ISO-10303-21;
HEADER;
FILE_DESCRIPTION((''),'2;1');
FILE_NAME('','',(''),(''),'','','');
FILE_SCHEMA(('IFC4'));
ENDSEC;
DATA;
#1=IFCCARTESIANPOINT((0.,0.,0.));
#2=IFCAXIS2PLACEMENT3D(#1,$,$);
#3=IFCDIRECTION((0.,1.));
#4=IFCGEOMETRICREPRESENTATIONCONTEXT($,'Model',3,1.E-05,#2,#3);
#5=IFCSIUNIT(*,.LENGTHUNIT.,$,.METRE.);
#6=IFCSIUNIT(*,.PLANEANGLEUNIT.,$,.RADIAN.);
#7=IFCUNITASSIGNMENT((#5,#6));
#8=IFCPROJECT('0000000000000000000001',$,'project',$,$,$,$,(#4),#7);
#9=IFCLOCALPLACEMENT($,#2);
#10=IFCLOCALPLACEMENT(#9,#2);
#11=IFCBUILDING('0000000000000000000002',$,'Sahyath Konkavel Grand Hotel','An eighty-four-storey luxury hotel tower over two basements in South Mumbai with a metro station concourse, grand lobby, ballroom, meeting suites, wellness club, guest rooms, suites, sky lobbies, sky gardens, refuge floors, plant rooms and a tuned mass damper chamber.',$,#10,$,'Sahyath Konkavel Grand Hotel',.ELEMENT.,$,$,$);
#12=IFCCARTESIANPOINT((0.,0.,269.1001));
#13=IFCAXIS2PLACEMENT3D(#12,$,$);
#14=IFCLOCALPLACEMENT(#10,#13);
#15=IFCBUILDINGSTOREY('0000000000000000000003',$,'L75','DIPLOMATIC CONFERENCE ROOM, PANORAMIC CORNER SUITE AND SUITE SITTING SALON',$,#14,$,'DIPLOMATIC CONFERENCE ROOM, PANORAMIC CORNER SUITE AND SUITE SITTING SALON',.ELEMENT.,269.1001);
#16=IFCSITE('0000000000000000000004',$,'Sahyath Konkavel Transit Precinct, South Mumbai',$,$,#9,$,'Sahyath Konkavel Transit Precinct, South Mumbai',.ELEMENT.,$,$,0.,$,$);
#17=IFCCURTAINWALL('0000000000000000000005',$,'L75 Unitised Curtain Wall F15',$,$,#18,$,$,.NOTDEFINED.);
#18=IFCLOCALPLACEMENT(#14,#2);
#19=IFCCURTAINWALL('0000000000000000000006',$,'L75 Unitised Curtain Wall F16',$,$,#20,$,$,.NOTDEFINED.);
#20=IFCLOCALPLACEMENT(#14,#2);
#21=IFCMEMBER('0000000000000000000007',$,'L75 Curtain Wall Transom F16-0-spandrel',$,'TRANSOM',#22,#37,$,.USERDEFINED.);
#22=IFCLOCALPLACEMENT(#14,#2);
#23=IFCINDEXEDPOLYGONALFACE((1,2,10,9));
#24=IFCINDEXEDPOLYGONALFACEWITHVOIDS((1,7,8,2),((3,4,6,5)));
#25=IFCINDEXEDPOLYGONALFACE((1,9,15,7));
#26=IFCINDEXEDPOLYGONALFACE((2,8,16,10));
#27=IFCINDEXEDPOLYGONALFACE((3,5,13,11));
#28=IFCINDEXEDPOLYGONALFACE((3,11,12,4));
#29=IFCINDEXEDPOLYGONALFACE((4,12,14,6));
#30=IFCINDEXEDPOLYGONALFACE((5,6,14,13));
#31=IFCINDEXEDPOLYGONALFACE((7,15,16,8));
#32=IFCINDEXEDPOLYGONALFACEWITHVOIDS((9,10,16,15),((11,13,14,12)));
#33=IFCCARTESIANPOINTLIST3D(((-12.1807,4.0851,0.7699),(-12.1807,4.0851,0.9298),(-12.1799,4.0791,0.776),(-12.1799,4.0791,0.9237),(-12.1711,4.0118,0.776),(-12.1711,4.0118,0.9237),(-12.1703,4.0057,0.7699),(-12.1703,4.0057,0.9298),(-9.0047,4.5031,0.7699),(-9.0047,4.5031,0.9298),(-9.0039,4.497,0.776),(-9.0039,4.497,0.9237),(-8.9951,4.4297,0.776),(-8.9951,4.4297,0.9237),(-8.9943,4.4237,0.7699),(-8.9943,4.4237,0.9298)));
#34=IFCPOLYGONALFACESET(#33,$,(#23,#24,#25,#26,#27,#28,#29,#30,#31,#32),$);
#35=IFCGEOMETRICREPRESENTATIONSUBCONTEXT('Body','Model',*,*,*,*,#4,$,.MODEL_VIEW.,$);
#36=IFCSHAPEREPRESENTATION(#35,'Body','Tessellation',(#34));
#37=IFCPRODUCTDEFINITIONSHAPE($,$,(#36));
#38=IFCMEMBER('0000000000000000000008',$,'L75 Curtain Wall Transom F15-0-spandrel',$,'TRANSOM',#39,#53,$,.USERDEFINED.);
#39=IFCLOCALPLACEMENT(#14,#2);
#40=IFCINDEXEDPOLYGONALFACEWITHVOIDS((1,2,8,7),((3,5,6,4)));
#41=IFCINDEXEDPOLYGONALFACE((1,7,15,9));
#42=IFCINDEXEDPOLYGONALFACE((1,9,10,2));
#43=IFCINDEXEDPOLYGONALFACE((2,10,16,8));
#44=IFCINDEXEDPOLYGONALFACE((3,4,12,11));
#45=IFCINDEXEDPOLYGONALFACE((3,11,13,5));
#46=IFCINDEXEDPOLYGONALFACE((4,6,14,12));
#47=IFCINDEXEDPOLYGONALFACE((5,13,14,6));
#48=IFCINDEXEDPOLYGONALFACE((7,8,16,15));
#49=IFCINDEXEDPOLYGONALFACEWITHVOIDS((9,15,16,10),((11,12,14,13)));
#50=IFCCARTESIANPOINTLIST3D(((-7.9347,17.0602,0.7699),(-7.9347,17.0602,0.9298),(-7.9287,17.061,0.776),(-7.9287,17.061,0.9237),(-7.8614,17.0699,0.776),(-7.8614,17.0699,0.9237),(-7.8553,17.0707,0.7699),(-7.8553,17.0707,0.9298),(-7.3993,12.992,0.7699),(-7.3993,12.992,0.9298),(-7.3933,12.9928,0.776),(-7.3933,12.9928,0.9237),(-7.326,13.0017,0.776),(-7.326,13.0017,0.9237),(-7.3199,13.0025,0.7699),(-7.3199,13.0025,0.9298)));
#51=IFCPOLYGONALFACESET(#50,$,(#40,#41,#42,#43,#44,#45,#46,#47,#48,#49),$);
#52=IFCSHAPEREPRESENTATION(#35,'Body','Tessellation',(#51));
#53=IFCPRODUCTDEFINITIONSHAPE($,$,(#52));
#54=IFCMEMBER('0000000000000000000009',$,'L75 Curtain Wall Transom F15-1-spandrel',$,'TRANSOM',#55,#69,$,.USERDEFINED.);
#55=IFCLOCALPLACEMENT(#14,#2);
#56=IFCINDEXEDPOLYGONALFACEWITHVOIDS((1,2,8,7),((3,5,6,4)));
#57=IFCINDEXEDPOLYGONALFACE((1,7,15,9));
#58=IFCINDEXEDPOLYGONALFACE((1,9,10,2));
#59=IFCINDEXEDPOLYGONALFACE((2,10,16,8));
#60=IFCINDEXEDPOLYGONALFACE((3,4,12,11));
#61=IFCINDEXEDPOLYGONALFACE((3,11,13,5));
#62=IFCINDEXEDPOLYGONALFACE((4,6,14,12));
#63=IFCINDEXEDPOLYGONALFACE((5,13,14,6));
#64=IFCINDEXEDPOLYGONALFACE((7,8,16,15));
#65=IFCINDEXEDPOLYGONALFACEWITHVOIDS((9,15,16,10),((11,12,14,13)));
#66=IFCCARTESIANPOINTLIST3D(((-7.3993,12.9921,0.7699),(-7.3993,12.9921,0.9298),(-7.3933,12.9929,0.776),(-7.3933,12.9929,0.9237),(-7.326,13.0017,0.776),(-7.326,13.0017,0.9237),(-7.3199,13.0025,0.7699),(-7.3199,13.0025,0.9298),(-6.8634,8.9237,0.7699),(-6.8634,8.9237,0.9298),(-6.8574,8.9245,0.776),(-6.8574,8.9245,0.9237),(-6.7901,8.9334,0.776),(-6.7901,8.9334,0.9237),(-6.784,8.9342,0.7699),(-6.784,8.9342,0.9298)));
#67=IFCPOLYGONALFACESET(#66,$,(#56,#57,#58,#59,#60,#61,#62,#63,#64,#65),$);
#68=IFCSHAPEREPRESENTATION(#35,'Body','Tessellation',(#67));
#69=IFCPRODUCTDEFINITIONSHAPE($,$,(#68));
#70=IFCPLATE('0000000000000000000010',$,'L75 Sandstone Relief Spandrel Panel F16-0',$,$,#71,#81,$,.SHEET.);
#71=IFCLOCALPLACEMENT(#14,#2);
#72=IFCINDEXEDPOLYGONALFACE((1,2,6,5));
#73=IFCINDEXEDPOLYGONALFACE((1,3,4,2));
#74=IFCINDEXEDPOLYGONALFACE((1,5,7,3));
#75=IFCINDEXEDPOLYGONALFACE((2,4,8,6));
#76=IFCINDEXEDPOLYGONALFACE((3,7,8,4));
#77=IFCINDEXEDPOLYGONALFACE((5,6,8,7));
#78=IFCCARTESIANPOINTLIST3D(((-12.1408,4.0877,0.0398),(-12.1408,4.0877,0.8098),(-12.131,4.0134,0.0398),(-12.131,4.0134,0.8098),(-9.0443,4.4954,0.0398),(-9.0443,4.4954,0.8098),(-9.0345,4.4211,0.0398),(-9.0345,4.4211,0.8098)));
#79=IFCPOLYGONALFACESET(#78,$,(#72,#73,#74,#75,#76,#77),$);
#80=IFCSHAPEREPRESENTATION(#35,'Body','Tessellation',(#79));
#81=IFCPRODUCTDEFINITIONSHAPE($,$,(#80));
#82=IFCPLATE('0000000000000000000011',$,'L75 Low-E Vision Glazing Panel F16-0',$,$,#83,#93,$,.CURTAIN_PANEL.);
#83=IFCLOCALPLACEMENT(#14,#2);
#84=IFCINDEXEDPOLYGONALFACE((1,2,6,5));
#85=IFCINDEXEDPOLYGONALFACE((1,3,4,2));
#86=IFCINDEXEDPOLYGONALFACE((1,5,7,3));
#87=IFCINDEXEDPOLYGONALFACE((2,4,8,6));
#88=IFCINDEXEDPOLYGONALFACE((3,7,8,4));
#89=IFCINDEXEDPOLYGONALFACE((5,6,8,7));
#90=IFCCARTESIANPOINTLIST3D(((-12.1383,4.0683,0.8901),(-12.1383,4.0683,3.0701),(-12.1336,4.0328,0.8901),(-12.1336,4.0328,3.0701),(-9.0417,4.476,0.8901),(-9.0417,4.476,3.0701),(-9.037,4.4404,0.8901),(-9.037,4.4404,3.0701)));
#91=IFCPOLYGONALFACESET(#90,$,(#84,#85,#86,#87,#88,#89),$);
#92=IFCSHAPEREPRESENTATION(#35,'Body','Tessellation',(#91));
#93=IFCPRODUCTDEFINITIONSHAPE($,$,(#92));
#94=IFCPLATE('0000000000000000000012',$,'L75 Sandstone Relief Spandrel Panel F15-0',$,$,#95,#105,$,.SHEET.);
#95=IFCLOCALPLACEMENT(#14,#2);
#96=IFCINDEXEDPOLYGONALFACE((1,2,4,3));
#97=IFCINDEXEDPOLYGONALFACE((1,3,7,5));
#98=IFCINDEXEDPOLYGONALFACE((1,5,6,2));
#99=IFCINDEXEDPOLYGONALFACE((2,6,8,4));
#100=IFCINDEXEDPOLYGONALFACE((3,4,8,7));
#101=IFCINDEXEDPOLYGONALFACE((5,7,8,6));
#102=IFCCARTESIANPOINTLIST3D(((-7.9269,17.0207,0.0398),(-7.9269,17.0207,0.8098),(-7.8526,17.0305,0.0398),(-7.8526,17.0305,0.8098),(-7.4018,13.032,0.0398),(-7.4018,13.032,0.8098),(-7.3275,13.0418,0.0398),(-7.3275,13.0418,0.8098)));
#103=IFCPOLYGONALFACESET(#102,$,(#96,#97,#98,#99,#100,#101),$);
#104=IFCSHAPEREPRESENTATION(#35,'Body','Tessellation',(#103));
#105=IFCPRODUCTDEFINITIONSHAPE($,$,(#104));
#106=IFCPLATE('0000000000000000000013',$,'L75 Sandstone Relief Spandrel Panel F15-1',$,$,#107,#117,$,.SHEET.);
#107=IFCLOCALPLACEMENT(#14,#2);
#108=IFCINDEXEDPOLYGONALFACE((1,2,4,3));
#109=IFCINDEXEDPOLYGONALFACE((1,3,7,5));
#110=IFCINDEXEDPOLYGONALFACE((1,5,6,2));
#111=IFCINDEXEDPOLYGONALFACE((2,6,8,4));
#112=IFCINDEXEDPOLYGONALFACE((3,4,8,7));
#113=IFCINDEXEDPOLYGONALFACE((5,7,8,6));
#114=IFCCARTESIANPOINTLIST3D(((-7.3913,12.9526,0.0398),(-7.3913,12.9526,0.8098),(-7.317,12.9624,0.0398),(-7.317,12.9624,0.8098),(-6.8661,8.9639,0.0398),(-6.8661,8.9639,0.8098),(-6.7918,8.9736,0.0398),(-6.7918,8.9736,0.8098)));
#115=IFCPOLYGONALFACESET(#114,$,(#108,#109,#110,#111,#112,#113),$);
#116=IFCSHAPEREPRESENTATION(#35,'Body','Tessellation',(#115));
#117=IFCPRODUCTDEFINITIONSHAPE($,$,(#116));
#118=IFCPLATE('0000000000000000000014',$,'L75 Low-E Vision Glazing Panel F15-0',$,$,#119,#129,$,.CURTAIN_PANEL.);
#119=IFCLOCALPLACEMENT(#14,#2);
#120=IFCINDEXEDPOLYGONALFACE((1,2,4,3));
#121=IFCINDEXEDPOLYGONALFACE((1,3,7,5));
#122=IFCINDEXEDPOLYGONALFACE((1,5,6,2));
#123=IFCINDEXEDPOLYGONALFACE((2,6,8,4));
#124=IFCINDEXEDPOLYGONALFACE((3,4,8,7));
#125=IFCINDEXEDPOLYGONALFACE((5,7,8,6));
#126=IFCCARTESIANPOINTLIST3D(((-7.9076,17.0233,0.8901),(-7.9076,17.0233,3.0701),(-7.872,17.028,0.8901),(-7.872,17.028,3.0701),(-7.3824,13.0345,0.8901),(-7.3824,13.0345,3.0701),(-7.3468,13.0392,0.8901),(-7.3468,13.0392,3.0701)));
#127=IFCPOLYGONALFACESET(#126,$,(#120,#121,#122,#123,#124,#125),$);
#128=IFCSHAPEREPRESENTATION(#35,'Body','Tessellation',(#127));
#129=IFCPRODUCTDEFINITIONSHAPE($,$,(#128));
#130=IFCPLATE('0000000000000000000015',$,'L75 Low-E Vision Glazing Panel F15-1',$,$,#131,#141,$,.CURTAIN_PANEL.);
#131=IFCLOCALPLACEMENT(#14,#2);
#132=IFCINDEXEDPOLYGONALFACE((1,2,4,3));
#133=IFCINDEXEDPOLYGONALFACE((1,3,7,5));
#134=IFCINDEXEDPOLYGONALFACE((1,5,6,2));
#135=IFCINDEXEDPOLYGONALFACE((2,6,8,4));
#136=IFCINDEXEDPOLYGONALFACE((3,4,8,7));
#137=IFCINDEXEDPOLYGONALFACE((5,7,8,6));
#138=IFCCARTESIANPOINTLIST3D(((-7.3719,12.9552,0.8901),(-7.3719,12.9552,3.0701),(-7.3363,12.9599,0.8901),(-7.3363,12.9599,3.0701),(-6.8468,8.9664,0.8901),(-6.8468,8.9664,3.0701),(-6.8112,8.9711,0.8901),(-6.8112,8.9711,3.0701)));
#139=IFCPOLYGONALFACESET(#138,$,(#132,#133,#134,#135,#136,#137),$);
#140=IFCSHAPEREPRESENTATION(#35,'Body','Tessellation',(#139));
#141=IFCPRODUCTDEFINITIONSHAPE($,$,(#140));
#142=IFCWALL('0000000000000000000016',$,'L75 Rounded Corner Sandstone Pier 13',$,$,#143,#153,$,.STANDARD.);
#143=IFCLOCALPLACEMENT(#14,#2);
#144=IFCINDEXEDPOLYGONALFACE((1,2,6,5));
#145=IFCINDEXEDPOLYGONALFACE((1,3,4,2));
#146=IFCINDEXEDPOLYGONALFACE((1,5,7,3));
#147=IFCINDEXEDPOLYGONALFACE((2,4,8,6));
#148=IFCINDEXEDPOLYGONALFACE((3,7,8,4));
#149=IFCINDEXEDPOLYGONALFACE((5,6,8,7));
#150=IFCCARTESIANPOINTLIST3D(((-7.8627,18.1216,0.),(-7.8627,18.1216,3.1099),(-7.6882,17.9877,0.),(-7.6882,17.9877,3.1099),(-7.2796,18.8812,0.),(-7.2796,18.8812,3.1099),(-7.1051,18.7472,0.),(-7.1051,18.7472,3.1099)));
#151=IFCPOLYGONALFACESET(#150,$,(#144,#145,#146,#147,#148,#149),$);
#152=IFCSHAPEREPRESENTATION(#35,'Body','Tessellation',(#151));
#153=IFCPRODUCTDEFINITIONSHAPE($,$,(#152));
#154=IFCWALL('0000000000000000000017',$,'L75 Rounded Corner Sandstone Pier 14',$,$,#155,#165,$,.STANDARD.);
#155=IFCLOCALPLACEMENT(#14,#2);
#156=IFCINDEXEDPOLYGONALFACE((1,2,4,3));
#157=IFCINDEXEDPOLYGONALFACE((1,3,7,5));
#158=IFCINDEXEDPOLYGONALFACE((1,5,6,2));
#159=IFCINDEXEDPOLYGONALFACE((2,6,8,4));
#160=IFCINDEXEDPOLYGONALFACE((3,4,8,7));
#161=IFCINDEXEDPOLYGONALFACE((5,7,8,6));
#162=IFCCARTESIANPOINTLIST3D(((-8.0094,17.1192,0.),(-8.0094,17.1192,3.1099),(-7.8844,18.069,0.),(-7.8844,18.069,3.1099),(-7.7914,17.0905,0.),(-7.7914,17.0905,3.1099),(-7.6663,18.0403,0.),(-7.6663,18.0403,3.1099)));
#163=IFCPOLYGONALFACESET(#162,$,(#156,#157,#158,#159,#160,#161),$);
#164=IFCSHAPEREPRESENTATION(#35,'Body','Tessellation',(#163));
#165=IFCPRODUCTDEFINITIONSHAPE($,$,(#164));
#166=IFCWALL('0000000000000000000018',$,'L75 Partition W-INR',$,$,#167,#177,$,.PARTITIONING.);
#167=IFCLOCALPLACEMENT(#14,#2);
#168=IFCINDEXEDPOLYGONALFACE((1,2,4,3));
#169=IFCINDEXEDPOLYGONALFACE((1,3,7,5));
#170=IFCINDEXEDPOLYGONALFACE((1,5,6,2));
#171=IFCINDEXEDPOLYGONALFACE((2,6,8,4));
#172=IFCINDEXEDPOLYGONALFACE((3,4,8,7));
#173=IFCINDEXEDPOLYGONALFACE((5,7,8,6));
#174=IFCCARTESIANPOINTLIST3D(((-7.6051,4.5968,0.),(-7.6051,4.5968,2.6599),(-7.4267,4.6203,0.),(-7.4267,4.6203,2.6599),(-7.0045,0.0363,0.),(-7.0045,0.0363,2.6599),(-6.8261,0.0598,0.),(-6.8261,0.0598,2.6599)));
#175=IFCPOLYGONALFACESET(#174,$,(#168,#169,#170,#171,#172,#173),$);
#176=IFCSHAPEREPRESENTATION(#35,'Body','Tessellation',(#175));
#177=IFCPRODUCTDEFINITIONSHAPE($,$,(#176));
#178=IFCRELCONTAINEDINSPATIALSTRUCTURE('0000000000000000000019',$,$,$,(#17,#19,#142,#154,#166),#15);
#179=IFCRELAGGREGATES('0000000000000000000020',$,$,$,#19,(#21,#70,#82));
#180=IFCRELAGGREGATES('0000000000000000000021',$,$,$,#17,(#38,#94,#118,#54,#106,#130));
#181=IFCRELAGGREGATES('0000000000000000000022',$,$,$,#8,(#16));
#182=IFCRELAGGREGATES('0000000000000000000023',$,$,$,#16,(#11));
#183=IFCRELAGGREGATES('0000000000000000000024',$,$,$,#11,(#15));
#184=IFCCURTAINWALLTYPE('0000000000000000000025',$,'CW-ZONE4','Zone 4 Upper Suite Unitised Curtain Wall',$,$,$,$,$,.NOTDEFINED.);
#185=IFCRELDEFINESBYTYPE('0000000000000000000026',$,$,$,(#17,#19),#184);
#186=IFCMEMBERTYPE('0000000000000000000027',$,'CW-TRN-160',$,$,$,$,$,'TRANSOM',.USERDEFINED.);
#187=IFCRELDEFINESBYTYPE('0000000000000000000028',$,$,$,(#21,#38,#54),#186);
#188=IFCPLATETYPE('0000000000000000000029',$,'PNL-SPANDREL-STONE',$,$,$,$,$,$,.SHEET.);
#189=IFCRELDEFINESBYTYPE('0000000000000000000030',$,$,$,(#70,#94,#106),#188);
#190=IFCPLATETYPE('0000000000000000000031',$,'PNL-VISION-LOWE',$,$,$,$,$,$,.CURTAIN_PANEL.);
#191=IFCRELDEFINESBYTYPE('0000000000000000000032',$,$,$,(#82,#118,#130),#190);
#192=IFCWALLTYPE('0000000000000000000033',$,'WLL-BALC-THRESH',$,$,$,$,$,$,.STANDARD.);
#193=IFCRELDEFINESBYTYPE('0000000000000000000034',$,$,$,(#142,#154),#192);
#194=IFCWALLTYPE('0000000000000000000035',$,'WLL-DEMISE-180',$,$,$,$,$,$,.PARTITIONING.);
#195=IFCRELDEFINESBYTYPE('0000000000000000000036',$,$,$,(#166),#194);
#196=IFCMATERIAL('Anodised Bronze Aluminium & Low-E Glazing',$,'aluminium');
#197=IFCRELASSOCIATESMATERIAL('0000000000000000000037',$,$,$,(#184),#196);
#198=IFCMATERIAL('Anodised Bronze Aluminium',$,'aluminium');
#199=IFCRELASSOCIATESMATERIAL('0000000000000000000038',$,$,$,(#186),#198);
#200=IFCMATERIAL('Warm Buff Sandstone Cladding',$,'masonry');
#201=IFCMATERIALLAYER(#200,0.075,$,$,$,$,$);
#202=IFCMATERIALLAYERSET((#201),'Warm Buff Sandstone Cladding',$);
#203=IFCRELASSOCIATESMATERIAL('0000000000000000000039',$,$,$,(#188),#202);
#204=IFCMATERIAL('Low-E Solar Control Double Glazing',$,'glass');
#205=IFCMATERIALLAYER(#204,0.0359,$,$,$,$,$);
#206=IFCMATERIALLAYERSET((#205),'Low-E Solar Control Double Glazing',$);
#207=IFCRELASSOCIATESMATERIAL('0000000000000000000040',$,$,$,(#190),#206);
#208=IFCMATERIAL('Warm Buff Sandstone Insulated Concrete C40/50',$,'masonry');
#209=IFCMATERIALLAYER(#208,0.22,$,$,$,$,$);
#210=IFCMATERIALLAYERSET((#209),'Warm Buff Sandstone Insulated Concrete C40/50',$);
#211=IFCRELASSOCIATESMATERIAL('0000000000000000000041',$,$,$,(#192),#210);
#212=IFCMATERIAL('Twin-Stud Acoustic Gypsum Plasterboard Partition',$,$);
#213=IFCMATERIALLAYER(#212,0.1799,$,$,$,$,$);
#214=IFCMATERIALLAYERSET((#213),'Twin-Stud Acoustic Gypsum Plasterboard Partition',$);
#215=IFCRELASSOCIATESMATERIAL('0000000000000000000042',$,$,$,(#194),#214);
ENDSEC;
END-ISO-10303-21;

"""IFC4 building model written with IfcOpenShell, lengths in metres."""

from ifc_helpers import new_model, si_unit, direction, frame, frame_2d, origin, origin_2d, place, context, subcontext, project, spatial, rectangle, hollow_rectangle, extrude, source, transform, mapped, material, layer, layer_set, material_profile, profile_set, type_object, element, aggregate, save


model = new_model("IFC4")

# Units and contexts
model_context = context("Model", 3, precision=1e-05, world=origin(), true_north=direction((0.0, 1.0)))
body_context = subcontext(model_context, "Body", "Model", "MODEL_VIEW")
ifc_project = project(units=[si_unit("LENGTHUNIT", "METRE"), si_unit("PLANEANGLEUNIT", "RADIAN")], contexts=[model_context])

# Site, building, storey
site_placement = place(None, origin())
site = spatial("IfcSite", under=ifc_project, at=site_placement, Name="Sahyath Konkavel Transit Precinct, South Mumbai", LongName="Sahyath Konkavel Transit Precinct, South Mumbai", CompositionType="ELEMENT", RefElevation=0.0)
building_placement = place(site_placement, origin())
building = spatial("IfcBuilding", under=site, at=building_placement, Name="Sahyath Konkavel Grand Hotel", Description="An eighty-four-storey luxury hotel tower over two basements in South Mumbai with a metro station concourse, grand lobby, ballroom, meeting suites, wellness club, guest rooms, suites, sky lobbies, sky gardens, refuge floors, plant rooms and a tuned mass damper chamber.", LongName="Sahyath Konkavel Grand Hotel", CompositionType="ELEMENT")
storey_placement = place(building_placement, frame((0.0, 0.0, 269.1001)))
storey = spatial("IfcBuildingStorey", under=building, at=storey_placement, Name="L75", Description="DIPLOMATIC CONFERENCE ROOM, PANORAMIC CORNER SUITE AND SUITE SITTING SALON", LongName="DIPLOMATIC CONFERENCE ROOM, PANORAMIC CORNER SUITE AND SUITE SITTING SALON", CompositionType="ELEMENT", Elevation=269.1001)

# Shared definitions
ifc_material_1 = material(Name="Anodised Bronze Aluminium & Low-E Glazing", Category="aluminium")
curtain_wall_type = type_object("IfcCurtainWallType", Name="CW-ZONE4", Description="Zone 4 Upper Suite Unitised Curtain Wall", PredefinedType="NOTDEFINED", material=ifc_material_1)
ifc_material_2 = material(Name="Anodised Bronze Aluminium", Category="aluminium")

# Curtain wall
curtain_wall_1_placement = place(storey_placement, origin())
curtain_wall_1 = element("IfcCurtainWall", 1, at=curtain_wall_1_placement, inside=storey, type_object=curtain_wall_type, Name="L75 Unitised Curtain Wall F15", PredefinedType="NOTDEFINED")

# Curtain wall
curtain_wall_2_placement = place(storey_placement, origin())
curtain_wall_2 = element("IfcCurtainWall", 2, at=curtain_wall_2_placement, inside=storey, type_object=curtain_wall_type, Name="L75 Unitised Curtain Wall F16", PredefinedType="NOTDEFINED")

# Members
ifc_material_profile_1 = material_profile(ifc_material_2, hollow_rectangle(XDim=0.0801, YDim=0.1599, WallThickness=0.0061, at=origin_2d()), Name="RHS 160x80x6")
ifc_profile_set_1 = profile_set([ifc_material_profile_1], Name="Anodised Bronze Aluminium")
member_type_1 = type_object("IfcMemberType", Name="CW-TRN-160", ElementType="TRANSOM", PredefinedType="USERDEFINED", material=ifc_profile_set_1)
shared_shape_1 = source(origin(), body_context, "Body", "SweptSolid", [
    extrude(hollow_rectangle(XDim=0.0801, YDim=0.1599, WallThickness=0.0061, at=origin_2d()), origin(), (0.0, 0.0, 1.0), 3.2034),
])
member_1_placement = place(storey_placement, frame((-8.9995, 4.4634, 0.8499), z_axis=(-0.991451, -0.130476, 0.0), x_axis=(0.130476, -0.991451, 0.0)))
member_1 = element("IfcMember", 3, at=member_1_placement, type_object=member_type_1, Name="L75 Curtain Wall Transom F16-0-spandrel", ObjectType="TRANSOM", PredefinedType="USERDEFINED", context=body_context, shape_type="MappedRepresentation", body=[
    mapped(shared_shape_1, transform((0.0, 0.0, 0.0), scale=1.0)),
])
shared_shape_2 = source(origin(), body_context, "Body", "SweptSolid", [
    extrude(hollow_rectangle(XDim=0.0801, YDim=0.1599, WallThickness=0.0061, at=origin_2d()), origin(), (0.0, 0.0, 1.0), 4.1033),
])
member_2_placement = place(storey_placement, frame((-7.895, 17.0654, 0.8499), z_axis=(0.130484, -0.99145, 0.0), x_axis=(0.99145, 0.130484, 0.0)))
member_2 = element("IfcMember", 4, at=member_2_placement, type_object=member_type_1, Name="L75 Curtain Wall Transom F15-0-spandrel", ObjectType="TRANSOM", PredefinedType="USERDEFINED", context=body_context, shape_type="MappedRepresentation", body=[
    mapped(shared_shape_2, transform((0.0, 0.0, 0.0), scale=1.0)),
])
shared_shape_3 = source(origin(), body_context, "Body", "SweptSolid", [
    extrude(hollow_rectangle(XDim=0.0801, YDim=0.1599, WallThickness=0.0061, at=origin_2d()), origin(), (0.0, 0.0, 1.0), 4.1035),
])
member_3_placement = place(storey_placement, frame((-7.3596, 12.9973, 0.8499), z_axis=(0.130593, -0.991436, 0.0), x_axis=(0.991436, 0.130593, 0.0)))
member_3 = element("IfcMember", 5, at=member_3_placement, type_object=member_type_1, Name="L75 Curtain Wall Transom F15-1-spandrel", ObjectType="TRANSOM", PredefinedType="USERDEFINED", context=body_context, shape_type="MappedRepresentation", body=[
    mapped(shared_shape_3, transform((0.0, 0.0, 0.0), scale=1.0)),
])

# Plates
ifc_material_3 = material(Name="Warm Buff Sandstone Cladding", Category="masonry")
ifc_layer_1 = layer(ifc_material_3, 0.075)
ifc_layer_set_1 = layer_set([ifc_layer_1], Name="Warm Buff Sandstone Cladding")
plate_type_1 = type_object("IfcPlateType", Name="PNL-SPANDREL-STONE", PredefinedType="SHEET", material=ifc_layer_set_1)
shared_shape_4 = source(origin(), body_context, "Body", "SweptSolid", [
    extrude(rectangle(XDim=3.1233, YDim=0.075, at=origin_2d()), origin(), (0.0, 0.0, 1.0), 0.77),
])
plate_1_placement = place(storey_placement, frame((-10.5876, 4.2544, 0.0398), z_axis=(0.0, 0.0, 1.0), x_axis=(-0.991445, -0.130526, 0.0)))
plate_1 = element("IfcPlate", 6, at=plate_1_placement, type_object=plate_type_1, Name="L75 Sandstone Relief Spandrel Panel F16-0", PredefinedType="SHEET", context=body_context, shape_type="MappedRepresentation", body=[
    mapped(shared_shape_4, transform((0.0, 0.0, 0.0), scale=1.0)),
])
ifc_material_4 = material(Name="Low-E Solar Control Double Glazing", Category="glass")
ifc_layer_2 = layer(ifc_material_4, 0.0359)
ifc_layer_set_2 = layer_set([ifc_layer_2], Name="Low-E Solar Control Double Glazing")
plate_type_2 = type_object("IfcPlateType", Name="PNL-VISION-LOWE", PredefinedType="CURTAIN_PANEL", material=ifc_layer_set_2)
shared_shape_5 = source(origin(), body_context, "Body", "SweptSolid", [
    extrude(rectangle(XDim=3.1233, YDim=0.0359, at=origin_2d()), origin(), (0.0, 0.0, 1.0), 2.1799),
])
plate_2_placement = place(storey_placement, frame((-10.5876, 4.2544, 0.8901), z_axis=(0.0, 0.0, 1.0), x_axis=(-0.991445, -0.130526, 0.0)))
plate_2 = element("IfcPlate", 7, at=plate_2_placement, type_object=plate_type_2, Name="L75 Low-E Vision Glazing Panel F16-0", PredefinedType="CURTAIN_PANEL", context=body_context, shape_type="MappedRepresentation", body=[
    mapped(shared_shape_5, transform((0.0, 0.0, 0.0), scale=1.0)),
])
aggregate(curtain_wall_2, [member_1, plate_1, plate_2])
shared_shape_6 = source(origin(), body_context, "Body", "SweptSolid", [
    extrude(rectangle(XDim=4.0232, YDim=0.075, at=origin_2d()), origin(), (0.0, 0.0, 1.0), 0.77),
])
plate_3_placement = place(storey_placement, frame((-7.6272, 15.0312, 0.0398), z_axis=(0.0, 0.0, 1.0), x_axis=(0.130526, -0.991445, 0.0)))
plate_3 = element("IfcPlate", 8, at=plate_3_placement, type_object=plate_type_1, Name="L75 Sandstone Relief Spandrel Panel F15-0", PredefinedType="SHEET", context=body_context, shape_type="MappedRepresentation", body=[
    mapped(shared_shape_6, transform((0.0, 0.0, 0.0), scale=1.0)),
])
plate_4_placement = place(storey_placement, frame((-7.0916, 10.9631, 0.0398), z_axis=(0.0, 0.0, 1.0), x_axis=(0.130526, -0.991445, 0.0)))
plate_4 = element("IfcPlate", 9, at=plate_4_placement, type_object=plate_type_1, Name="L75 Sandstone Relief Spandrel Panel F15-1", PredefinedType="SHEET", context=body_context, shape_type="MappedRepresentation", body=[
    mapped(shared_shape_6, transform((0.0, 0.0, 0.0), scale=1.0)),
])
shared_shape_7 = source(origin(), body_context, "Body", "SweptSolid", [
    extrude(rectangle(XDim=4.0232, YDim=0.0359, at=origin_2d()), origin(), (0.0, 0.0, 1.0), 2.1799),
])
plate_5_placement = place(storey_placement, frame((-7.6272, 15.0312, 0.8901), z_axis=(0.0, 0.0, 1.0), x_axis=(0.130526, -0.991445, 0.0)))
plate_5 = element("IfcPlate", 10, at=plate_5_placement, type_object=plate_type_2, Name="L75 Low-E Vision Glazing Panel F15-0", PredefinedType="CURTAIN_PANEL", context=body_context, shape_type="MappedRepresentation", body=[
    mapped(shared_shape_7, transform((0.0, 0.0, 0.0), scale=1.0)),
])
plate_6_placement = place(storey_placement, frame((-7.0916, 10.9631, 0.8901), z_axis=(0.0, 0.0, 1.0), x_axis=(0.130526, -0.991445, 0.0)))
plate_6 = element("IfcPlate", 11, at=plate_6_placement, type_object=plate_type_2, Name="L75 Low-E Vision Glazing Panel F15-1", PredefinedType="CURTAIN_PANEL", context=body_context, shape_type="MappedRepresentation", body=[
    mapped(shared_shape_7, transform((0.0, 0.0, 0.0), scale=1.0)),
])
aggregate(curtain_wall_1, [member_2, plate_3, plate_5, member_3, plate_4, plate_6])

# Walls
ifc_material_5 = material(Name="Warm Buff Sandstone Insulated Concrete C40/50", Category="masonry")
ifc_layer_3 = layer(ifc_material_5, 0.22)
ifc_layer_set_3 = layer_set([ifc_layer_3], Name="Warm Buff Sandstone Insulated Concrete C40/50")
wall_type_1 = type_object("IfcWallType", Name="WLL-BALC-THRESH", PredefinedType="STANDARD", material=ifc_layer_set_3)
wall_1_placement = place(storey_placement, frame((-7.1924, 18.8142, 0.0), z_axis=(0.0, 0.0, 1.0), x_axis=(-0.608897, -0.793249, 0.0)))
element("IfcWall", 12, at=wall_1_placement, inside=storey, type_object=wall_type_1, Name="L75 Rounded Corner Sandstone Pier 13", PredefinedType="STANDARD", context=body_context, shape_type="SweptSolid", body=[
    extrude(rectangle(XDim=0.9575, YDim=0.22, at=frame_2d((0.4788, 0.0))), origin(), (0.0, 0.0, 1.0), 3.1099),
])
wall_2_placement = place(storey_placement, frame((-7.7754, 18.0547, 0.0), z_axis=(0.0, 0.0, 1.0), x_axis=(-0.130494, -0.991449, 0.0)))
element("IfcWall", 13, at=wall_2_placement, inside=storey, type_object=wall_type_1, Name="L75 Rounded Corner Sandstone Pier 14", PredefinedType="STANDARD", context=body_context, shape_type="SweptSolid", body=[
    extrude(rectangle(XDim=0.958, YDim=0.22, at=frame_2d((0.479, 0.0))), origin(), (0.0, 0.0, 1.0), 3.1099),
])
ifc_material_6 = material(Name="Twin-Stud Acoustic Gypsum Plasterboard Partition")
ifc_layer_4 = layer(ifc_material_6, 0.1799)
ifc_layer_set_4 = layer_set([ifc_layer_4], Name="Twin-Stud Acoustic Gypsum Plasterboard Partition")
wall_type_2 = type_object("IfcWallType", Name="WLL-DEMISE-180", PredefinedType="PARTITIONING", material=ifc_layer_set_4)
wall_3_placement = place(storey_placement, frame((-7.5159, 4.6084, 0.0), z_axis=(0.0, 0.0, 1.0), x_axis=(0.130564, -0.99144, 0.0)))
element("IfcWall", 14, at=wall_3_placement, inside=storey, type_object=wall_type_2, Name="L75 Partition W-INR", PredefinedType="PARTITIONING", context=body_context, shape_type="SweptSolid", body=[
    extrude(rectangle(XDim=4.5999, YDim=0.1799, at=frame_2d((2.2998, 0.0))), origin(), (0.0, 0.0, 1.0), 2.6599),
])

save(model, "model.ifc")
